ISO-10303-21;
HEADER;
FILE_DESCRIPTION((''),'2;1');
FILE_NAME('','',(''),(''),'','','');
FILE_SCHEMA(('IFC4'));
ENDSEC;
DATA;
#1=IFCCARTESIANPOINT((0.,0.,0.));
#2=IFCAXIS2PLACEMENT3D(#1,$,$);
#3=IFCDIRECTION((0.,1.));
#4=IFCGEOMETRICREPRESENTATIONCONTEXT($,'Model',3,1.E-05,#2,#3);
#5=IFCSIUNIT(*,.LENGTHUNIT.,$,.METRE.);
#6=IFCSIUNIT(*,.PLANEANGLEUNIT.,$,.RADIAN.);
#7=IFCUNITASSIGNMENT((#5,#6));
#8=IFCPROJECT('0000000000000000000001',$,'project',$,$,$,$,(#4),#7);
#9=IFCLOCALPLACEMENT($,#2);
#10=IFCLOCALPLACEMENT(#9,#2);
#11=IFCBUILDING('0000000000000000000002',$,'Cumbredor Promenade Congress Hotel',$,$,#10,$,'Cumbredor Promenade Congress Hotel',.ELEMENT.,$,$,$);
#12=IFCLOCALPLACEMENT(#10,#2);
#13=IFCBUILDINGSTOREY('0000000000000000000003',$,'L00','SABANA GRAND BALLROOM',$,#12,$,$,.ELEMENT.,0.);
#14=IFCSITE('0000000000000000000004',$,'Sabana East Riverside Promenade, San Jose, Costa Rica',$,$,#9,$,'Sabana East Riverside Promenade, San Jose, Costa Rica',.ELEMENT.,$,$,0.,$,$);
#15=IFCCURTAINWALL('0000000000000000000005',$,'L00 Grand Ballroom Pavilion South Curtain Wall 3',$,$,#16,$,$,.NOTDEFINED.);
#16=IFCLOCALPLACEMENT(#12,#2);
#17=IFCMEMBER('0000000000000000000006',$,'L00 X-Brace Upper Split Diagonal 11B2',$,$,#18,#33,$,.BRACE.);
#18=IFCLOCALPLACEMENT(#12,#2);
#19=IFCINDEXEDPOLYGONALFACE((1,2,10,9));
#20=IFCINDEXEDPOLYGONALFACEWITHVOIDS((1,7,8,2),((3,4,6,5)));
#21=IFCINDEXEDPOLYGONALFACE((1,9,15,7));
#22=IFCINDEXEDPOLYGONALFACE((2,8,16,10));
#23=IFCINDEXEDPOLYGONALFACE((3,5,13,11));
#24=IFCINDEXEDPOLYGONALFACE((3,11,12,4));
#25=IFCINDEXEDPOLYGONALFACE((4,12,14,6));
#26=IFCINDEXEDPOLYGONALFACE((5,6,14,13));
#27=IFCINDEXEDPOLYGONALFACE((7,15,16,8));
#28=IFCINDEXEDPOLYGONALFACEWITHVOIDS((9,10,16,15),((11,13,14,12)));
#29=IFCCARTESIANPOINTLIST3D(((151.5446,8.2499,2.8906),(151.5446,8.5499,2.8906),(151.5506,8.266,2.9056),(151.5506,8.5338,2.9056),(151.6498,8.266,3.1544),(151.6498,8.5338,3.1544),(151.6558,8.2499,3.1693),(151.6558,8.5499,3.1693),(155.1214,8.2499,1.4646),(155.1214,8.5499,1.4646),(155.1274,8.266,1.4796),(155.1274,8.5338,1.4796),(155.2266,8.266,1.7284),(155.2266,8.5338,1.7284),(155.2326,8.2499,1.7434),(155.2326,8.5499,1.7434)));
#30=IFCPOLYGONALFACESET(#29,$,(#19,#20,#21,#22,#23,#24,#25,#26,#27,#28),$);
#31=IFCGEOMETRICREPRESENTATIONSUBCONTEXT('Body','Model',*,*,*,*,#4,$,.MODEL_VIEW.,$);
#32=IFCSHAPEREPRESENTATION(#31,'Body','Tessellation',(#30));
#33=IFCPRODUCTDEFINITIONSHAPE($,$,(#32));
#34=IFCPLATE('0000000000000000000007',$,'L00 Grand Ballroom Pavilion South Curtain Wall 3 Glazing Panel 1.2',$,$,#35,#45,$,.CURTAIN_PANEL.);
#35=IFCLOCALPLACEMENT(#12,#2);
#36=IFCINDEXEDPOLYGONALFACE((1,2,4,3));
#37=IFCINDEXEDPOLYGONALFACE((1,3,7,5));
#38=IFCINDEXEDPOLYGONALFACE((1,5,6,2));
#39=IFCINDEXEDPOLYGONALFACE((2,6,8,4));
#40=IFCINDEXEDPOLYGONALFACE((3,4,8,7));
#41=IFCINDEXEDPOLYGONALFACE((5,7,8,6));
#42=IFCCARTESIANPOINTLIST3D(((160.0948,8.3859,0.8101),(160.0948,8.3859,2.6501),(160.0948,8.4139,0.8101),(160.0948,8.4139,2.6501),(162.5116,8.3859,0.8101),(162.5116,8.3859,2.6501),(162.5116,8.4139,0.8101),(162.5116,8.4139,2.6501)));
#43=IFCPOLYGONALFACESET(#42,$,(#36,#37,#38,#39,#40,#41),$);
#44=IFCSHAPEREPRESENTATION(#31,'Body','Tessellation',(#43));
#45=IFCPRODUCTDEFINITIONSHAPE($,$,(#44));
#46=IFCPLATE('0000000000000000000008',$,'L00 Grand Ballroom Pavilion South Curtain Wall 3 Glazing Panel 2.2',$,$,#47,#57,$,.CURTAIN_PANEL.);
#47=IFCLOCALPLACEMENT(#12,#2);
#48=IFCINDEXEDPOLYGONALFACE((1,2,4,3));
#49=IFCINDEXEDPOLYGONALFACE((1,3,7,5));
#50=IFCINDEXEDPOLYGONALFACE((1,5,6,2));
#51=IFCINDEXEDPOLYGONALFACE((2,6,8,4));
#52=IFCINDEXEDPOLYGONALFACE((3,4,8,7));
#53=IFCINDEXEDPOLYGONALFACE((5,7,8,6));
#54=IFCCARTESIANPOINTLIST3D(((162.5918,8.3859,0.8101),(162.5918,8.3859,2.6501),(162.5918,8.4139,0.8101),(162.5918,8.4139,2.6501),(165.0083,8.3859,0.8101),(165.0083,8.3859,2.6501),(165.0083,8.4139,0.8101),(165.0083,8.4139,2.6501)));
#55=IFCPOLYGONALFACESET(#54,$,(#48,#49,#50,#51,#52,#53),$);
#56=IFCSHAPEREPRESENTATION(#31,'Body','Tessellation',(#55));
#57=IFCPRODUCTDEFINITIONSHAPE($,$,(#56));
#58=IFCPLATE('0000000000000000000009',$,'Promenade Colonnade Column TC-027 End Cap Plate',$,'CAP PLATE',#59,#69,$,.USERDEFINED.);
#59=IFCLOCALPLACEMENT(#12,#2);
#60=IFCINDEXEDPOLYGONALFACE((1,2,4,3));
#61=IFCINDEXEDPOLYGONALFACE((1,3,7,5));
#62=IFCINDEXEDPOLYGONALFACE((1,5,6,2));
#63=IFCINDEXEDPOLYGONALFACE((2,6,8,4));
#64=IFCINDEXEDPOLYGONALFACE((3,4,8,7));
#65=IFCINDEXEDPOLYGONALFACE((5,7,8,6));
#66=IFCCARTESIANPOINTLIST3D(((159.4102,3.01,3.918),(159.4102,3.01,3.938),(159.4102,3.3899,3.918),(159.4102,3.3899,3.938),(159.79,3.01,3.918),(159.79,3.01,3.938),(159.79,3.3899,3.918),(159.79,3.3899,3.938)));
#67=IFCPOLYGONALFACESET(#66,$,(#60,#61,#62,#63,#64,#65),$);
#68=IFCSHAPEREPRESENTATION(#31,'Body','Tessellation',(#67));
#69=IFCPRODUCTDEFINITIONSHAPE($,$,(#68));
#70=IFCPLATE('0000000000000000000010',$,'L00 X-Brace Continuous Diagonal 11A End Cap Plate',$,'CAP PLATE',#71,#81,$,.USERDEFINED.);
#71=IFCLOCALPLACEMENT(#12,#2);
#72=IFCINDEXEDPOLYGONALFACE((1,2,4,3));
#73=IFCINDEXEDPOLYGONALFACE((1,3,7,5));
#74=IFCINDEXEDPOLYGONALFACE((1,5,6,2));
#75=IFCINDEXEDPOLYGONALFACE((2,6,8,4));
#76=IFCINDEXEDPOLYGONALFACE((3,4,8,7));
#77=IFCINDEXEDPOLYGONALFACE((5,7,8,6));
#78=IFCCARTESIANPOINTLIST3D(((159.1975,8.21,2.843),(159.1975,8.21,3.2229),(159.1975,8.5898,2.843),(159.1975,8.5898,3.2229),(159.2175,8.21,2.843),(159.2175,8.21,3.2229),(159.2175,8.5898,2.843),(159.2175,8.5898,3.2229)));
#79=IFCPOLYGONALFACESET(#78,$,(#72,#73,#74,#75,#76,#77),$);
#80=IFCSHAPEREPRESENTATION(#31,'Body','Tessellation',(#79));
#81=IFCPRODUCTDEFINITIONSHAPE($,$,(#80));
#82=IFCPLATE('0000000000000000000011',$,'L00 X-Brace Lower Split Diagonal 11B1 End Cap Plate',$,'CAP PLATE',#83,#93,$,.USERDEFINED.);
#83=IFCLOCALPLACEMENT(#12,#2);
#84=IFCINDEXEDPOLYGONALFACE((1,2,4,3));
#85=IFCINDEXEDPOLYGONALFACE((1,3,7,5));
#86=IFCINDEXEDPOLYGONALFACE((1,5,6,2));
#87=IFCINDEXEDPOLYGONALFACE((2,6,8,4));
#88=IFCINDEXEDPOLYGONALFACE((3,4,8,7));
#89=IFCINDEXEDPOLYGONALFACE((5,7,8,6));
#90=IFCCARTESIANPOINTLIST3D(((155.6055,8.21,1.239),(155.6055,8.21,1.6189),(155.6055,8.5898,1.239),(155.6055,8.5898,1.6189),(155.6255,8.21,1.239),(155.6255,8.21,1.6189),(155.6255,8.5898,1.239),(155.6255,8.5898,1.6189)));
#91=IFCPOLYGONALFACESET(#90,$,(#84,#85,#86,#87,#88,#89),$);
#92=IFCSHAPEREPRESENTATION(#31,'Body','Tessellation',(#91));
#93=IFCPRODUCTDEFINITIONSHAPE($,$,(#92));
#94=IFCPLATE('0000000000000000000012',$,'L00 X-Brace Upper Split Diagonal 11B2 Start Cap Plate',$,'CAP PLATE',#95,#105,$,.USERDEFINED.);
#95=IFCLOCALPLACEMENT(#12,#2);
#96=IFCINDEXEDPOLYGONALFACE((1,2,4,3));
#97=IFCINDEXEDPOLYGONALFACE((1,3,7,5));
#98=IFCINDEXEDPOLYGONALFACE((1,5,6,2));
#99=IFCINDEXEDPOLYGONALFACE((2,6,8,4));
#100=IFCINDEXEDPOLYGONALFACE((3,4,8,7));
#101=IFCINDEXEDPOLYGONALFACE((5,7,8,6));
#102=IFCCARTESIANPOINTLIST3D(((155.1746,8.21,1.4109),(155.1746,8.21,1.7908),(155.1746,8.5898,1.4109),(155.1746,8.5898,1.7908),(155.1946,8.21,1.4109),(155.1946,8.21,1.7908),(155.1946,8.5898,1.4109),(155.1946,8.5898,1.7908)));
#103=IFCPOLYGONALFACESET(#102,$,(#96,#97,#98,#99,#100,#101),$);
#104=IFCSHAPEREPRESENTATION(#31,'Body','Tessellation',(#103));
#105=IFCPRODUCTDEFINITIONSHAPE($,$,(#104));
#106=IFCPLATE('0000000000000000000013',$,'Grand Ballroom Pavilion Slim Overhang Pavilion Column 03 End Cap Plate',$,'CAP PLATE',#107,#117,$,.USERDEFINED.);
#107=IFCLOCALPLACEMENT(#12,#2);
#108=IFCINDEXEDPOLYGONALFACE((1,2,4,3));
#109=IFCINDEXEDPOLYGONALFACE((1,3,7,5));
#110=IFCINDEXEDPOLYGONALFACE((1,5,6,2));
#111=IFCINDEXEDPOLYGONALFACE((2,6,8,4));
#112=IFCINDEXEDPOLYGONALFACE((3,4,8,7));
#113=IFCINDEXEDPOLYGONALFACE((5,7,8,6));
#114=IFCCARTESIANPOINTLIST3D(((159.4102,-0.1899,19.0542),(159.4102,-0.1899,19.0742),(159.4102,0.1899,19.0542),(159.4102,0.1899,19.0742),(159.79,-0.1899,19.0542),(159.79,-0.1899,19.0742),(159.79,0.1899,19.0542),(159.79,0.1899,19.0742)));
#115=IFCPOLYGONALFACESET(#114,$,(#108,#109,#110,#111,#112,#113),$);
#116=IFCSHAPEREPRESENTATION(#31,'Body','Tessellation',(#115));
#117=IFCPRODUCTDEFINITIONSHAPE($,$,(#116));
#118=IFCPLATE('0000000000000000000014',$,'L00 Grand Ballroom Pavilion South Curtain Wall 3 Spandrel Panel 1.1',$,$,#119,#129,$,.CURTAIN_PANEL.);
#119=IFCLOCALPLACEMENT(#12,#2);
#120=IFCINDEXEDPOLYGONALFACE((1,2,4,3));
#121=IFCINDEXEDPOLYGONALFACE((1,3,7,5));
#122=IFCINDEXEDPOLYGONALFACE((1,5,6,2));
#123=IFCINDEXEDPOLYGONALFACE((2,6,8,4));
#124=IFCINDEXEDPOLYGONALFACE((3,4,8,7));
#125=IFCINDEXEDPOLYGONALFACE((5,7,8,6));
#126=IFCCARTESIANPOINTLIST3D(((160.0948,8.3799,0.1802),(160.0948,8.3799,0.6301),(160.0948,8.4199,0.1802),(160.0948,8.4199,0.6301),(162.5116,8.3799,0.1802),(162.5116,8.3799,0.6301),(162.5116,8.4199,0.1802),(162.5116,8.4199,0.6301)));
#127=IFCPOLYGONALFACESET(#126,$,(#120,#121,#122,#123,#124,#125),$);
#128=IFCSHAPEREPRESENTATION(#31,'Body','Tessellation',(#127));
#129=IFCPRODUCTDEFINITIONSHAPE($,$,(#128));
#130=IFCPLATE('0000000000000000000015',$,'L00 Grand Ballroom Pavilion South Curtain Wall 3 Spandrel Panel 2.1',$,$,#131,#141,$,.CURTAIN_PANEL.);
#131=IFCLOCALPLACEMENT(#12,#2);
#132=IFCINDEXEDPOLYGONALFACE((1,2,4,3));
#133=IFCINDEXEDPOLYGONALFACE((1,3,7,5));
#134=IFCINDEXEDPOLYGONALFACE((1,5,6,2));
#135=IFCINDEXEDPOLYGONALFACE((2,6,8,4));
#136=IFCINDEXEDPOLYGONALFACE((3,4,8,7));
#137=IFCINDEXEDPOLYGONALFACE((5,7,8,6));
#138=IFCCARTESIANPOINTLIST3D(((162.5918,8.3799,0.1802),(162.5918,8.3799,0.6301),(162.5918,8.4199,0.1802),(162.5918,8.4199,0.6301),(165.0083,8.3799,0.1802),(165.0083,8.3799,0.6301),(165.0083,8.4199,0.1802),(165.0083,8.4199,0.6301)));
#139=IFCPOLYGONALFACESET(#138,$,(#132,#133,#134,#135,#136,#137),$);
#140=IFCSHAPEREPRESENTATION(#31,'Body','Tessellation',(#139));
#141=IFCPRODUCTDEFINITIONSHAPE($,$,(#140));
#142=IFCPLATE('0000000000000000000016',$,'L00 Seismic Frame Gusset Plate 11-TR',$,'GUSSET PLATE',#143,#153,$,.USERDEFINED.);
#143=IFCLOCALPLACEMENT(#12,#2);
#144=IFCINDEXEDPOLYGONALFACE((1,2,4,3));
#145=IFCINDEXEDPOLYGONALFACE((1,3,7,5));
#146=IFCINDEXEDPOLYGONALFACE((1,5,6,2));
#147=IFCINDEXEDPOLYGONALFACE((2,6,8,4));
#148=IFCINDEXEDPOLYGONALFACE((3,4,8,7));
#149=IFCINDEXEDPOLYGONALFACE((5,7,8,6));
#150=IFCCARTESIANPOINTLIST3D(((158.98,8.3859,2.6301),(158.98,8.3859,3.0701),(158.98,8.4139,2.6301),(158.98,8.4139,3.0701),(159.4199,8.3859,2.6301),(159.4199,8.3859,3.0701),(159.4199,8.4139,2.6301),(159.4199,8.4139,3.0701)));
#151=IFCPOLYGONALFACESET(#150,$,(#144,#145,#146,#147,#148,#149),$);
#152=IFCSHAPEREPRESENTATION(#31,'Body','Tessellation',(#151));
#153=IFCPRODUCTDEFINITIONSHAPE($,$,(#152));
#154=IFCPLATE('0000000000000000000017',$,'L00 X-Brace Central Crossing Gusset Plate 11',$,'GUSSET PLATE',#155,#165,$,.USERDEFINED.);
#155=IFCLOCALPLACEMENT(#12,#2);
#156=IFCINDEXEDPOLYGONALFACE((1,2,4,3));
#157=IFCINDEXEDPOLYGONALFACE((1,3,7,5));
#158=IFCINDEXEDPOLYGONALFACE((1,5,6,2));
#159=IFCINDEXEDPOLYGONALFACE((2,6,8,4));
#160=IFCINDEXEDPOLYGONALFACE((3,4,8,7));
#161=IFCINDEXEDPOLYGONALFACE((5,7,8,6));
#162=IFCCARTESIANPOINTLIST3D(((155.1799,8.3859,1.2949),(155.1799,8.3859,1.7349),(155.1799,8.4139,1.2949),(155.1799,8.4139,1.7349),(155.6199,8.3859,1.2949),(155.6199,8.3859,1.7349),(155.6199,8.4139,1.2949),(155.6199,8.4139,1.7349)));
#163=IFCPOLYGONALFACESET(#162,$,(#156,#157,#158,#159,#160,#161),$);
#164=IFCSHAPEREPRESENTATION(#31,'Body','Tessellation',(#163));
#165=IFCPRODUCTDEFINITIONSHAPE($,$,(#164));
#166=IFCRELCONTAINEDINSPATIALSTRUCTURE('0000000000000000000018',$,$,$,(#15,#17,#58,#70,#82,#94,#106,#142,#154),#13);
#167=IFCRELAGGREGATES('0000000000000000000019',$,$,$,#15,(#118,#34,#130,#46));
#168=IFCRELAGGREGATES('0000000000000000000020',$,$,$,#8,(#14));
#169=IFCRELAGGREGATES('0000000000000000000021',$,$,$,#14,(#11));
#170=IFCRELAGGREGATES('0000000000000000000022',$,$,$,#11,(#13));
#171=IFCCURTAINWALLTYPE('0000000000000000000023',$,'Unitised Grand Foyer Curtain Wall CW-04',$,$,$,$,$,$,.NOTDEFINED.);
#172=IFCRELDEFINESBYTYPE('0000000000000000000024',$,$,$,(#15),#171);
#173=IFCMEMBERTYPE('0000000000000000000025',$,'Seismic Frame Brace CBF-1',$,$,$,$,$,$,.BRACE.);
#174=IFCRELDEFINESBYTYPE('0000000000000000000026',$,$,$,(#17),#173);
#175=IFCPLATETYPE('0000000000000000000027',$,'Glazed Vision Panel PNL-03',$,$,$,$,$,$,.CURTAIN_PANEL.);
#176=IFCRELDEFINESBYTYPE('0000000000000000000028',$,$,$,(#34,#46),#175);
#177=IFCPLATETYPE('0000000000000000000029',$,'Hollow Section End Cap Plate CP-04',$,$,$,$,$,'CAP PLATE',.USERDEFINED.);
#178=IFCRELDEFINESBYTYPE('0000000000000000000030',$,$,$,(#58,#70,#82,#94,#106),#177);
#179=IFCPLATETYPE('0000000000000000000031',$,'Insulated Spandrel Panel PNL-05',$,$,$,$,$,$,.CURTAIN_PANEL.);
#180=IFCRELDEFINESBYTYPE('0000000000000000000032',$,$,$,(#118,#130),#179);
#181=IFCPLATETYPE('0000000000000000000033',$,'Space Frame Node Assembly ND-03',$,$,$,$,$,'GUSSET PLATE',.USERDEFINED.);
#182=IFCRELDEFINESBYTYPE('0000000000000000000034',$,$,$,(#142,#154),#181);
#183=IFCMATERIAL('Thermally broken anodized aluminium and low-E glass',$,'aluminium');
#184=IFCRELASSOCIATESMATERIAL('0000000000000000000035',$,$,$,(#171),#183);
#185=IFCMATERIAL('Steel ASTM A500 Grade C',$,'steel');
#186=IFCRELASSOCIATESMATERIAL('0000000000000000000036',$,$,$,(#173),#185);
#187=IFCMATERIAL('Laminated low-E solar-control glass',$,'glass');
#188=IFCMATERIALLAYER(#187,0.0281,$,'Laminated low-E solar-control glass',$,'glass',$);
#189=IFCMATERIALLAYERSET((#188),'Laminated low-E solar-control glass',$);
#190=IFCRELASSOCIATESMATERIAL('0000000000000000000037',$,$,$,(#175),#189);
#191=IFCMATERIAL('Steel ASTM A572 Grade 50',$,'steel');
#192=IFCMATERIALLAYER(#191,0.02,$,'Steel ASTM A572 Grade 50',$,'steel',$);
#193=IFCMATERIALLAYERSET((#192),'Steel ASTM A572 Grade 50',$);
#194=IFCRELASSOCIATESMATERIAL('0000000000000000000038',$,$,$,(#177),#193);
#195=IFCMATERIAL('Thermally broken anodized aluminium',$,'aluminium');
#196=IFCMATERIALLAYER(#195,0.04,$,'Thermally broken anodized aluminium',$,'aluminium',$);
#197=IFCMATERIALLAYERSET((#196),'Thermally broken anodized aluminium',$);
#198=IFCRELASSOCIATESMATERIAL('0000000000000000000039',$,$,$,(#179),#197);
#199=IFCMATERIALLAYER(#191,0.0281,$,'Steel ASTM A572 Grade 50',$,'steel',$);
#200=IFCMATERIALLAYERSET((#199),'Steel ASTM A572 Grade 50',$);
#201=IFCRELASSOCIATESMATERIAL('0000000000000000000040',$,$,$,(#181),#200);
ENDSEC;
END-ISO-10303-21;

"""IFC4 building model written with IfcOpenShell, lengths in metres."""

from ifc_helpers import new_model, si_unit, direction, frame, origin, origin_2d, place, context, subcontext, project, spatial, rectangle, hollow_rectangle, extrude, material, layer, layer_set, material_profile, profile_set, type_object, element, aggregate, save


model = new_model("IFC4")

# Units and contexts
model_context = context("Model", 3, precision=1e-05, world=origin(), true_north=direction((0.0, 1.0)))
body_context = subcontext(model_context, "Body", "Model", "MODEL_VIEW")
ifc_project = project(units=[si_unit("LENGTHUNIT", "METRE"), si_unit("PLANEANGLEUNIT", "RADIAN")], contexts=[model_context])

# Site, building, storey
site_placement = place(None, origin())
site = spatial("IfcSite", under=ifc_project, at=site_placement, Name="Sabana East Riverside Promenade, San Jose, Costa Rica", LongName="Sabana East Riverside Promenade, San Jose, Costa Rica", CompositionType="ELEMENT", RefElevation=0.0)
building_placement = place(site_placement, origin())
building = spatial("IfcBuilding", under=site, at=building_placement, Name="Cumbredor Promenade Congress Hotel", LongName="Cumbredor Promenade Congress Hotel", CompositionType="ELEMENT")
storey_placement = place(building_placement, origin())
storey = spatial("IfcBuildingStorey", under=building, at=storey_placement, Name="L00", Description="SABANA GRAND BALLROOM", CompositionType="ELEMENT", Elevation=0.0)

# Curtain wall
ifc_material_1 = material(Name="Thermally broken anodized aluminium and low-E glass", Category="aluminium")
curtain_wall_type = type_object("IfcCurtainWallType", Name="Unitised Grand Foyer Curtain Wall CW-04", PredefinedType="NOTDEFINED", material=ifc_material_1)
curtain_wall_placement = place(storey_placement, origin())
curtain_wall = element("IfcCurtainWall", 1, at=curtain_wall_placement, inside=storey, type_object=curtain_wall_type, Name="L00 Grand Ballroom Pavilion South Curtain Wall 3", PredefinedType="NOTDEFINED")
ifc_material_2 = material(Name="Thermally broken anodized aluminium", Category="aluminium")

# Member
ifc_material_3 = material(Name="Steel ASTM A500 Grade C", Category="steel")
ifc_material_profile_1 = material_profile(ifc_material_3, hollow_rectangle(XDim=0.3, YDim=0.3, WallThickness=0.0161, at=origin_2d()), Name="HSS 300x300x16")
ifc_profile_set_1 = profile_set([ifc_material_profile_1], Name="Steel ASTM A500 Grade C")
member_type_1 = type_object("IfcMemberType", Name="Seismic Frame Brace CBF-1", PredefinedType="BRACE", material=ifc_profile_set_1)
member_1_placement = place(storey_placement, frame((155.177, 8.3999, 1.604), z_axis=(-0.9289, 0.0, 0.37033), x_axis=(0.0, -1.0, 0.0)))
element("IfcMember", 2, at=member_1_placement, inside=storey, type_object=member_type_1, Name="L00 X-Brace Upper Split Diagonal 11B2", PredefinedType="BRACE", context=body_context, shape_type="SweptSolid", body=[
    extrude(hollow_rectangle(XDim=0.3, YDim=0.3, WallThickness=0.0161, at=origin_2d()), origin(), (0.0, 0.0, 1.0), 3.8506),
])

# Plates
ifc_material_4 = material(Name="Laminated low-E solar-control glass", Category="glass")
ifc_layer_1 = layer(ifc_material_4, 0.0281, Name="Laminated low-E solar-control glass", Category="glass")
ifc_layer_set_1 = layer_set([ifc_layer_1], Name="Laminated low-E solar-control glass")
plate_type_1 = type_object("IfcPlateType", Name="Glazed Vision Panel PNL-03", PredefinedType="CURTAIN_PANEL", material=ifc_layer_set_1)
plate_1_placement = place(storey_placement, frame((161.3032, 8.3999, 0.8101), z_axis=(0.0, 0.0, 1.0), x_axis=(1.0, 0.0, 0.0)))
plate_1 = element("IfcPlate", 3, at=plate_1_placement, type_object=plate_type_1, Name="L00 Grand Ballroom Pavilion South Curtain Wall 3 Glazing Panel 1.2", PredefinedType="CURTAIN_PANEL", context=body_context, shape_type="SweptSolid", body=[
    extrude(rectangle(XDim=2.4167, YDim=0.0281, at=origin_2d()), origin(), (0.0, 0.0, 1.0), 1.8401),
])
plate_2_placement = place(storey_placement, frame((163.8, 8.3999, 0.8101), z_axis=(0.0, 0.0, 1.0), x_axis=(1.0, 0.0, 0.0)))
plate_2 = element("IfcPlate", 4, at=plate_2_placement, type_object=plate_type_1, Name="L00 Grand Ballroom Pavilion South Curtain Wall 3 Glazing Panel 2.2", PredefinedType="CURTAIN_PANEL", context=body_context, shape_type="SweptSolid", body=[
    extrude(rectangle(XDim=2.4165, YDim=0.0281, at=origin_2d()), origin(), (0.0, 0.0, 1.0), 1.8401),
])

# Plates
ifc_material_5 = material(Name="Steel ASTM A572 Grade 50", Category="steel")
ifc_layer_2 = layer(ifc_material_5, 0.02, Name="Steel ASTM A572 Grade 50", Category="steel")
ifc_layer_set_2 = layer_set([ifc_layer_2], Name="Steel ASTM A572 Grade 50")
plate_type_2 = type_object("IfcPlateType", Name="Hollow Section End Cap Plate CP-04", ElementType="CAP PLATE", PredefinedType="USERDEFINED", material=ifc_layer_set_2)
plate_3_placement = place(storey_placement, frame((159.6001, 3.2, 3.918), z_axis=(0.0, 0.0, 1.0), x_axis=(1.0, 0.0, 0.0)))
element("IfcPlate", 5, at=plate_3_placement, inside=storey, type_object=plate_type_2, Name="Promenade Colonnade Column TC-027 End Cap Plate", ObjectType="CAP PLATE", PredefinedType="USERDEFINED", context=body_context, shape_type="SweptSolid", body=[
    extrude(rectangle(XDim=0.3799, YDim=0.3799, at=origin_2d()), origin(), (0.0, 0.0, 1.0), 0.02),
])
for number, where, z_axis, x_axis, name in (
    (6, (159.2075, 8.3999, 2.843), (0.0, 0.0, 1.0), (1.0, 0.0, 0.0), "L00 X-Brace Continuous Diagonal 11A End Cap Plate"),
    (7, (155.6155, 8.3999, 1.239), (0.0, 0.0, 1.0), (-1.0, 0.0, 0.0), "L00 X-Brace Lower Split Diagonal 11B1 End Cap Plate"),
    (8, (155.1846, 8.3999, 1.4109), (0.0, 0.0, 1.0), (-1.0, 0.0, 0.0), "L00 X-Brace Upper Split Diagonal 11B2 Start Cap Plate"),
):
    element("IfcPlate", number, at=place(storey_placement, frame(where, z_axis=z_axis, x_axis=x_axis)), inside=storey, type_object=plate_type_2, Name=name, ObjectType="CAP PLATE", PredefinedType="USERDEFINED", context=body_context, shape_type="SweptSolid", body=[
        extrude(rectangle(XDim=0.02, YDim=0.3799, at=origin_2d()), origin(), (0.0, 0.0, 1.0), 0.3799),
    ])
plate_4_placement = place(storey_placement, frame((159.6001, 0.0, 19.0542), z_axis=(0.0, 0.0, 1.0), x_axis=(1.0, 0.0, 0.0)))
element("IfcPlate", 9, at=plate_4_placement, inside=storey, type_object=plate_type_2, Name="Grand Ballroom Pavilion Slim Overhang Pavilion Column 03 End Cap Plate", ObjectType="CAP PLATE", PredefinedType="USERDEFINED", context=body_context, shape_type="SweptSolid", body=[
    extrude(rectangle(XDim=0.3799, YDim=0.3799, at=origin_2d()), origin(), (0.0, 0.0, 1.0), 0.02),
])

# Plates
ifc_layer_3 = layer(ifc_material_2, 0.04, Name="Thermally broken anodized aluminium", Category="aluminium")
ifc_layer_set_3 = layer_set([ifc_layer_3], Name="Thermally broken anodized aluminium")
plate_type_3 = type_object("IfcPlateType", Name="Insulated Spandrel Panel PNL-05", PredefinedType="CURTAIN_PANEL", material=ifc_layer_set_3)
plate_5_placement = place(storey_placement, frame((161.3032, 8.3999, 0.1802), z_axis=(0.0, 0.0, 1.0), x_axis=(1.0, 0.0, 0.0)))
plate_5 = element("IfcPlate", 10, at=plate_5_placement, type_object=plate_type_3, Name="L00 Grand Ballroom Pavilion South Curtain Wall 3 Spandrel Panel 1.1", PredefinedType="CURTAIN_PANEL", context=body_context, shape_type="SweptSolid", body=[
    extrude(rectangle(XDim=2.4167, YDim=0.04, at=origin_2d()), origin(), (0.0, 0.0, 1.0), 0.45),
])
plate_6_placement = place(storey_placement, frame((163.8, 8.3999, 0.1802), z_axis=(0.0, 0.0, 1.0), x_axis=(1.0, 0.0, 0.0)))
plate_6 = element("IfcPlate", 11, at=plate_6_placement, type_object=plate_type_3, Name="L00 Grand Ballroom Pavilion South Curtain Wall 3 Spandrel Panel 2.1", PredefinedType="CURTAIN_PANEL", context=body_context, shape_type="SweptSolid", body=[
    extrude(rectangle(XDim=2.4165, YDim=0.04, at=origin_2d()), origin(), (0.0, 0.0, 1.0), 0.45),
])
aggregate(curtain_wall, [plate_5, plate_1, plate_6, plate_2])

# Plates
ifc_layer_4 = layer(ifc_material_5, 0.0281, Name="Steel ASTM A572 Grade 50", Category="steel")
ifc_layer_set_4 = layer_set([ifc_layer_4], Name="Steel ASTM A572 Grade 50")
plate_type_4 = type_object("IfcPlateType", Name="Space Frame Node Assembly ND-03", ElementType="GUSSET PLATE", PredefinedType="USERDEFINED", material=ifc_layer_set_4)
for number, where, z_axis, x_axis, name in (
    (12, (159.2, 8.3999, 2.6301), (0.0, 0.0, 1.0), (1.0, 0.0, 0.0), "L00 Seismic Frame Gusset Plate 11-TR"),
    (13, (155.3999, 8.3999, 1.2949), (0.0, 0.0, 1.0), (1.0, 0.0, 0.0), "L00 X-Brace Central Crossing Gusset Plate 11"),
):
    element("IfcPlate", number, at=place(storey_placement, frame(where, z_axis=z_axis, x_axis=x_axis)), inside=storey, type_object=plate_type_4, Name=name, ObjectType="GUSSET PLATE", PredefinedType="USERDEFINED", context=body_context, shape_type="SweptSolid", body=[
        extrude(rectangle(XDim=0.4399, YDim=0.0281, at=origin_2d()), origin(), (0.0, 0.0, 1.0), 0.4399),
    ])

save(model, "model.ifc")
